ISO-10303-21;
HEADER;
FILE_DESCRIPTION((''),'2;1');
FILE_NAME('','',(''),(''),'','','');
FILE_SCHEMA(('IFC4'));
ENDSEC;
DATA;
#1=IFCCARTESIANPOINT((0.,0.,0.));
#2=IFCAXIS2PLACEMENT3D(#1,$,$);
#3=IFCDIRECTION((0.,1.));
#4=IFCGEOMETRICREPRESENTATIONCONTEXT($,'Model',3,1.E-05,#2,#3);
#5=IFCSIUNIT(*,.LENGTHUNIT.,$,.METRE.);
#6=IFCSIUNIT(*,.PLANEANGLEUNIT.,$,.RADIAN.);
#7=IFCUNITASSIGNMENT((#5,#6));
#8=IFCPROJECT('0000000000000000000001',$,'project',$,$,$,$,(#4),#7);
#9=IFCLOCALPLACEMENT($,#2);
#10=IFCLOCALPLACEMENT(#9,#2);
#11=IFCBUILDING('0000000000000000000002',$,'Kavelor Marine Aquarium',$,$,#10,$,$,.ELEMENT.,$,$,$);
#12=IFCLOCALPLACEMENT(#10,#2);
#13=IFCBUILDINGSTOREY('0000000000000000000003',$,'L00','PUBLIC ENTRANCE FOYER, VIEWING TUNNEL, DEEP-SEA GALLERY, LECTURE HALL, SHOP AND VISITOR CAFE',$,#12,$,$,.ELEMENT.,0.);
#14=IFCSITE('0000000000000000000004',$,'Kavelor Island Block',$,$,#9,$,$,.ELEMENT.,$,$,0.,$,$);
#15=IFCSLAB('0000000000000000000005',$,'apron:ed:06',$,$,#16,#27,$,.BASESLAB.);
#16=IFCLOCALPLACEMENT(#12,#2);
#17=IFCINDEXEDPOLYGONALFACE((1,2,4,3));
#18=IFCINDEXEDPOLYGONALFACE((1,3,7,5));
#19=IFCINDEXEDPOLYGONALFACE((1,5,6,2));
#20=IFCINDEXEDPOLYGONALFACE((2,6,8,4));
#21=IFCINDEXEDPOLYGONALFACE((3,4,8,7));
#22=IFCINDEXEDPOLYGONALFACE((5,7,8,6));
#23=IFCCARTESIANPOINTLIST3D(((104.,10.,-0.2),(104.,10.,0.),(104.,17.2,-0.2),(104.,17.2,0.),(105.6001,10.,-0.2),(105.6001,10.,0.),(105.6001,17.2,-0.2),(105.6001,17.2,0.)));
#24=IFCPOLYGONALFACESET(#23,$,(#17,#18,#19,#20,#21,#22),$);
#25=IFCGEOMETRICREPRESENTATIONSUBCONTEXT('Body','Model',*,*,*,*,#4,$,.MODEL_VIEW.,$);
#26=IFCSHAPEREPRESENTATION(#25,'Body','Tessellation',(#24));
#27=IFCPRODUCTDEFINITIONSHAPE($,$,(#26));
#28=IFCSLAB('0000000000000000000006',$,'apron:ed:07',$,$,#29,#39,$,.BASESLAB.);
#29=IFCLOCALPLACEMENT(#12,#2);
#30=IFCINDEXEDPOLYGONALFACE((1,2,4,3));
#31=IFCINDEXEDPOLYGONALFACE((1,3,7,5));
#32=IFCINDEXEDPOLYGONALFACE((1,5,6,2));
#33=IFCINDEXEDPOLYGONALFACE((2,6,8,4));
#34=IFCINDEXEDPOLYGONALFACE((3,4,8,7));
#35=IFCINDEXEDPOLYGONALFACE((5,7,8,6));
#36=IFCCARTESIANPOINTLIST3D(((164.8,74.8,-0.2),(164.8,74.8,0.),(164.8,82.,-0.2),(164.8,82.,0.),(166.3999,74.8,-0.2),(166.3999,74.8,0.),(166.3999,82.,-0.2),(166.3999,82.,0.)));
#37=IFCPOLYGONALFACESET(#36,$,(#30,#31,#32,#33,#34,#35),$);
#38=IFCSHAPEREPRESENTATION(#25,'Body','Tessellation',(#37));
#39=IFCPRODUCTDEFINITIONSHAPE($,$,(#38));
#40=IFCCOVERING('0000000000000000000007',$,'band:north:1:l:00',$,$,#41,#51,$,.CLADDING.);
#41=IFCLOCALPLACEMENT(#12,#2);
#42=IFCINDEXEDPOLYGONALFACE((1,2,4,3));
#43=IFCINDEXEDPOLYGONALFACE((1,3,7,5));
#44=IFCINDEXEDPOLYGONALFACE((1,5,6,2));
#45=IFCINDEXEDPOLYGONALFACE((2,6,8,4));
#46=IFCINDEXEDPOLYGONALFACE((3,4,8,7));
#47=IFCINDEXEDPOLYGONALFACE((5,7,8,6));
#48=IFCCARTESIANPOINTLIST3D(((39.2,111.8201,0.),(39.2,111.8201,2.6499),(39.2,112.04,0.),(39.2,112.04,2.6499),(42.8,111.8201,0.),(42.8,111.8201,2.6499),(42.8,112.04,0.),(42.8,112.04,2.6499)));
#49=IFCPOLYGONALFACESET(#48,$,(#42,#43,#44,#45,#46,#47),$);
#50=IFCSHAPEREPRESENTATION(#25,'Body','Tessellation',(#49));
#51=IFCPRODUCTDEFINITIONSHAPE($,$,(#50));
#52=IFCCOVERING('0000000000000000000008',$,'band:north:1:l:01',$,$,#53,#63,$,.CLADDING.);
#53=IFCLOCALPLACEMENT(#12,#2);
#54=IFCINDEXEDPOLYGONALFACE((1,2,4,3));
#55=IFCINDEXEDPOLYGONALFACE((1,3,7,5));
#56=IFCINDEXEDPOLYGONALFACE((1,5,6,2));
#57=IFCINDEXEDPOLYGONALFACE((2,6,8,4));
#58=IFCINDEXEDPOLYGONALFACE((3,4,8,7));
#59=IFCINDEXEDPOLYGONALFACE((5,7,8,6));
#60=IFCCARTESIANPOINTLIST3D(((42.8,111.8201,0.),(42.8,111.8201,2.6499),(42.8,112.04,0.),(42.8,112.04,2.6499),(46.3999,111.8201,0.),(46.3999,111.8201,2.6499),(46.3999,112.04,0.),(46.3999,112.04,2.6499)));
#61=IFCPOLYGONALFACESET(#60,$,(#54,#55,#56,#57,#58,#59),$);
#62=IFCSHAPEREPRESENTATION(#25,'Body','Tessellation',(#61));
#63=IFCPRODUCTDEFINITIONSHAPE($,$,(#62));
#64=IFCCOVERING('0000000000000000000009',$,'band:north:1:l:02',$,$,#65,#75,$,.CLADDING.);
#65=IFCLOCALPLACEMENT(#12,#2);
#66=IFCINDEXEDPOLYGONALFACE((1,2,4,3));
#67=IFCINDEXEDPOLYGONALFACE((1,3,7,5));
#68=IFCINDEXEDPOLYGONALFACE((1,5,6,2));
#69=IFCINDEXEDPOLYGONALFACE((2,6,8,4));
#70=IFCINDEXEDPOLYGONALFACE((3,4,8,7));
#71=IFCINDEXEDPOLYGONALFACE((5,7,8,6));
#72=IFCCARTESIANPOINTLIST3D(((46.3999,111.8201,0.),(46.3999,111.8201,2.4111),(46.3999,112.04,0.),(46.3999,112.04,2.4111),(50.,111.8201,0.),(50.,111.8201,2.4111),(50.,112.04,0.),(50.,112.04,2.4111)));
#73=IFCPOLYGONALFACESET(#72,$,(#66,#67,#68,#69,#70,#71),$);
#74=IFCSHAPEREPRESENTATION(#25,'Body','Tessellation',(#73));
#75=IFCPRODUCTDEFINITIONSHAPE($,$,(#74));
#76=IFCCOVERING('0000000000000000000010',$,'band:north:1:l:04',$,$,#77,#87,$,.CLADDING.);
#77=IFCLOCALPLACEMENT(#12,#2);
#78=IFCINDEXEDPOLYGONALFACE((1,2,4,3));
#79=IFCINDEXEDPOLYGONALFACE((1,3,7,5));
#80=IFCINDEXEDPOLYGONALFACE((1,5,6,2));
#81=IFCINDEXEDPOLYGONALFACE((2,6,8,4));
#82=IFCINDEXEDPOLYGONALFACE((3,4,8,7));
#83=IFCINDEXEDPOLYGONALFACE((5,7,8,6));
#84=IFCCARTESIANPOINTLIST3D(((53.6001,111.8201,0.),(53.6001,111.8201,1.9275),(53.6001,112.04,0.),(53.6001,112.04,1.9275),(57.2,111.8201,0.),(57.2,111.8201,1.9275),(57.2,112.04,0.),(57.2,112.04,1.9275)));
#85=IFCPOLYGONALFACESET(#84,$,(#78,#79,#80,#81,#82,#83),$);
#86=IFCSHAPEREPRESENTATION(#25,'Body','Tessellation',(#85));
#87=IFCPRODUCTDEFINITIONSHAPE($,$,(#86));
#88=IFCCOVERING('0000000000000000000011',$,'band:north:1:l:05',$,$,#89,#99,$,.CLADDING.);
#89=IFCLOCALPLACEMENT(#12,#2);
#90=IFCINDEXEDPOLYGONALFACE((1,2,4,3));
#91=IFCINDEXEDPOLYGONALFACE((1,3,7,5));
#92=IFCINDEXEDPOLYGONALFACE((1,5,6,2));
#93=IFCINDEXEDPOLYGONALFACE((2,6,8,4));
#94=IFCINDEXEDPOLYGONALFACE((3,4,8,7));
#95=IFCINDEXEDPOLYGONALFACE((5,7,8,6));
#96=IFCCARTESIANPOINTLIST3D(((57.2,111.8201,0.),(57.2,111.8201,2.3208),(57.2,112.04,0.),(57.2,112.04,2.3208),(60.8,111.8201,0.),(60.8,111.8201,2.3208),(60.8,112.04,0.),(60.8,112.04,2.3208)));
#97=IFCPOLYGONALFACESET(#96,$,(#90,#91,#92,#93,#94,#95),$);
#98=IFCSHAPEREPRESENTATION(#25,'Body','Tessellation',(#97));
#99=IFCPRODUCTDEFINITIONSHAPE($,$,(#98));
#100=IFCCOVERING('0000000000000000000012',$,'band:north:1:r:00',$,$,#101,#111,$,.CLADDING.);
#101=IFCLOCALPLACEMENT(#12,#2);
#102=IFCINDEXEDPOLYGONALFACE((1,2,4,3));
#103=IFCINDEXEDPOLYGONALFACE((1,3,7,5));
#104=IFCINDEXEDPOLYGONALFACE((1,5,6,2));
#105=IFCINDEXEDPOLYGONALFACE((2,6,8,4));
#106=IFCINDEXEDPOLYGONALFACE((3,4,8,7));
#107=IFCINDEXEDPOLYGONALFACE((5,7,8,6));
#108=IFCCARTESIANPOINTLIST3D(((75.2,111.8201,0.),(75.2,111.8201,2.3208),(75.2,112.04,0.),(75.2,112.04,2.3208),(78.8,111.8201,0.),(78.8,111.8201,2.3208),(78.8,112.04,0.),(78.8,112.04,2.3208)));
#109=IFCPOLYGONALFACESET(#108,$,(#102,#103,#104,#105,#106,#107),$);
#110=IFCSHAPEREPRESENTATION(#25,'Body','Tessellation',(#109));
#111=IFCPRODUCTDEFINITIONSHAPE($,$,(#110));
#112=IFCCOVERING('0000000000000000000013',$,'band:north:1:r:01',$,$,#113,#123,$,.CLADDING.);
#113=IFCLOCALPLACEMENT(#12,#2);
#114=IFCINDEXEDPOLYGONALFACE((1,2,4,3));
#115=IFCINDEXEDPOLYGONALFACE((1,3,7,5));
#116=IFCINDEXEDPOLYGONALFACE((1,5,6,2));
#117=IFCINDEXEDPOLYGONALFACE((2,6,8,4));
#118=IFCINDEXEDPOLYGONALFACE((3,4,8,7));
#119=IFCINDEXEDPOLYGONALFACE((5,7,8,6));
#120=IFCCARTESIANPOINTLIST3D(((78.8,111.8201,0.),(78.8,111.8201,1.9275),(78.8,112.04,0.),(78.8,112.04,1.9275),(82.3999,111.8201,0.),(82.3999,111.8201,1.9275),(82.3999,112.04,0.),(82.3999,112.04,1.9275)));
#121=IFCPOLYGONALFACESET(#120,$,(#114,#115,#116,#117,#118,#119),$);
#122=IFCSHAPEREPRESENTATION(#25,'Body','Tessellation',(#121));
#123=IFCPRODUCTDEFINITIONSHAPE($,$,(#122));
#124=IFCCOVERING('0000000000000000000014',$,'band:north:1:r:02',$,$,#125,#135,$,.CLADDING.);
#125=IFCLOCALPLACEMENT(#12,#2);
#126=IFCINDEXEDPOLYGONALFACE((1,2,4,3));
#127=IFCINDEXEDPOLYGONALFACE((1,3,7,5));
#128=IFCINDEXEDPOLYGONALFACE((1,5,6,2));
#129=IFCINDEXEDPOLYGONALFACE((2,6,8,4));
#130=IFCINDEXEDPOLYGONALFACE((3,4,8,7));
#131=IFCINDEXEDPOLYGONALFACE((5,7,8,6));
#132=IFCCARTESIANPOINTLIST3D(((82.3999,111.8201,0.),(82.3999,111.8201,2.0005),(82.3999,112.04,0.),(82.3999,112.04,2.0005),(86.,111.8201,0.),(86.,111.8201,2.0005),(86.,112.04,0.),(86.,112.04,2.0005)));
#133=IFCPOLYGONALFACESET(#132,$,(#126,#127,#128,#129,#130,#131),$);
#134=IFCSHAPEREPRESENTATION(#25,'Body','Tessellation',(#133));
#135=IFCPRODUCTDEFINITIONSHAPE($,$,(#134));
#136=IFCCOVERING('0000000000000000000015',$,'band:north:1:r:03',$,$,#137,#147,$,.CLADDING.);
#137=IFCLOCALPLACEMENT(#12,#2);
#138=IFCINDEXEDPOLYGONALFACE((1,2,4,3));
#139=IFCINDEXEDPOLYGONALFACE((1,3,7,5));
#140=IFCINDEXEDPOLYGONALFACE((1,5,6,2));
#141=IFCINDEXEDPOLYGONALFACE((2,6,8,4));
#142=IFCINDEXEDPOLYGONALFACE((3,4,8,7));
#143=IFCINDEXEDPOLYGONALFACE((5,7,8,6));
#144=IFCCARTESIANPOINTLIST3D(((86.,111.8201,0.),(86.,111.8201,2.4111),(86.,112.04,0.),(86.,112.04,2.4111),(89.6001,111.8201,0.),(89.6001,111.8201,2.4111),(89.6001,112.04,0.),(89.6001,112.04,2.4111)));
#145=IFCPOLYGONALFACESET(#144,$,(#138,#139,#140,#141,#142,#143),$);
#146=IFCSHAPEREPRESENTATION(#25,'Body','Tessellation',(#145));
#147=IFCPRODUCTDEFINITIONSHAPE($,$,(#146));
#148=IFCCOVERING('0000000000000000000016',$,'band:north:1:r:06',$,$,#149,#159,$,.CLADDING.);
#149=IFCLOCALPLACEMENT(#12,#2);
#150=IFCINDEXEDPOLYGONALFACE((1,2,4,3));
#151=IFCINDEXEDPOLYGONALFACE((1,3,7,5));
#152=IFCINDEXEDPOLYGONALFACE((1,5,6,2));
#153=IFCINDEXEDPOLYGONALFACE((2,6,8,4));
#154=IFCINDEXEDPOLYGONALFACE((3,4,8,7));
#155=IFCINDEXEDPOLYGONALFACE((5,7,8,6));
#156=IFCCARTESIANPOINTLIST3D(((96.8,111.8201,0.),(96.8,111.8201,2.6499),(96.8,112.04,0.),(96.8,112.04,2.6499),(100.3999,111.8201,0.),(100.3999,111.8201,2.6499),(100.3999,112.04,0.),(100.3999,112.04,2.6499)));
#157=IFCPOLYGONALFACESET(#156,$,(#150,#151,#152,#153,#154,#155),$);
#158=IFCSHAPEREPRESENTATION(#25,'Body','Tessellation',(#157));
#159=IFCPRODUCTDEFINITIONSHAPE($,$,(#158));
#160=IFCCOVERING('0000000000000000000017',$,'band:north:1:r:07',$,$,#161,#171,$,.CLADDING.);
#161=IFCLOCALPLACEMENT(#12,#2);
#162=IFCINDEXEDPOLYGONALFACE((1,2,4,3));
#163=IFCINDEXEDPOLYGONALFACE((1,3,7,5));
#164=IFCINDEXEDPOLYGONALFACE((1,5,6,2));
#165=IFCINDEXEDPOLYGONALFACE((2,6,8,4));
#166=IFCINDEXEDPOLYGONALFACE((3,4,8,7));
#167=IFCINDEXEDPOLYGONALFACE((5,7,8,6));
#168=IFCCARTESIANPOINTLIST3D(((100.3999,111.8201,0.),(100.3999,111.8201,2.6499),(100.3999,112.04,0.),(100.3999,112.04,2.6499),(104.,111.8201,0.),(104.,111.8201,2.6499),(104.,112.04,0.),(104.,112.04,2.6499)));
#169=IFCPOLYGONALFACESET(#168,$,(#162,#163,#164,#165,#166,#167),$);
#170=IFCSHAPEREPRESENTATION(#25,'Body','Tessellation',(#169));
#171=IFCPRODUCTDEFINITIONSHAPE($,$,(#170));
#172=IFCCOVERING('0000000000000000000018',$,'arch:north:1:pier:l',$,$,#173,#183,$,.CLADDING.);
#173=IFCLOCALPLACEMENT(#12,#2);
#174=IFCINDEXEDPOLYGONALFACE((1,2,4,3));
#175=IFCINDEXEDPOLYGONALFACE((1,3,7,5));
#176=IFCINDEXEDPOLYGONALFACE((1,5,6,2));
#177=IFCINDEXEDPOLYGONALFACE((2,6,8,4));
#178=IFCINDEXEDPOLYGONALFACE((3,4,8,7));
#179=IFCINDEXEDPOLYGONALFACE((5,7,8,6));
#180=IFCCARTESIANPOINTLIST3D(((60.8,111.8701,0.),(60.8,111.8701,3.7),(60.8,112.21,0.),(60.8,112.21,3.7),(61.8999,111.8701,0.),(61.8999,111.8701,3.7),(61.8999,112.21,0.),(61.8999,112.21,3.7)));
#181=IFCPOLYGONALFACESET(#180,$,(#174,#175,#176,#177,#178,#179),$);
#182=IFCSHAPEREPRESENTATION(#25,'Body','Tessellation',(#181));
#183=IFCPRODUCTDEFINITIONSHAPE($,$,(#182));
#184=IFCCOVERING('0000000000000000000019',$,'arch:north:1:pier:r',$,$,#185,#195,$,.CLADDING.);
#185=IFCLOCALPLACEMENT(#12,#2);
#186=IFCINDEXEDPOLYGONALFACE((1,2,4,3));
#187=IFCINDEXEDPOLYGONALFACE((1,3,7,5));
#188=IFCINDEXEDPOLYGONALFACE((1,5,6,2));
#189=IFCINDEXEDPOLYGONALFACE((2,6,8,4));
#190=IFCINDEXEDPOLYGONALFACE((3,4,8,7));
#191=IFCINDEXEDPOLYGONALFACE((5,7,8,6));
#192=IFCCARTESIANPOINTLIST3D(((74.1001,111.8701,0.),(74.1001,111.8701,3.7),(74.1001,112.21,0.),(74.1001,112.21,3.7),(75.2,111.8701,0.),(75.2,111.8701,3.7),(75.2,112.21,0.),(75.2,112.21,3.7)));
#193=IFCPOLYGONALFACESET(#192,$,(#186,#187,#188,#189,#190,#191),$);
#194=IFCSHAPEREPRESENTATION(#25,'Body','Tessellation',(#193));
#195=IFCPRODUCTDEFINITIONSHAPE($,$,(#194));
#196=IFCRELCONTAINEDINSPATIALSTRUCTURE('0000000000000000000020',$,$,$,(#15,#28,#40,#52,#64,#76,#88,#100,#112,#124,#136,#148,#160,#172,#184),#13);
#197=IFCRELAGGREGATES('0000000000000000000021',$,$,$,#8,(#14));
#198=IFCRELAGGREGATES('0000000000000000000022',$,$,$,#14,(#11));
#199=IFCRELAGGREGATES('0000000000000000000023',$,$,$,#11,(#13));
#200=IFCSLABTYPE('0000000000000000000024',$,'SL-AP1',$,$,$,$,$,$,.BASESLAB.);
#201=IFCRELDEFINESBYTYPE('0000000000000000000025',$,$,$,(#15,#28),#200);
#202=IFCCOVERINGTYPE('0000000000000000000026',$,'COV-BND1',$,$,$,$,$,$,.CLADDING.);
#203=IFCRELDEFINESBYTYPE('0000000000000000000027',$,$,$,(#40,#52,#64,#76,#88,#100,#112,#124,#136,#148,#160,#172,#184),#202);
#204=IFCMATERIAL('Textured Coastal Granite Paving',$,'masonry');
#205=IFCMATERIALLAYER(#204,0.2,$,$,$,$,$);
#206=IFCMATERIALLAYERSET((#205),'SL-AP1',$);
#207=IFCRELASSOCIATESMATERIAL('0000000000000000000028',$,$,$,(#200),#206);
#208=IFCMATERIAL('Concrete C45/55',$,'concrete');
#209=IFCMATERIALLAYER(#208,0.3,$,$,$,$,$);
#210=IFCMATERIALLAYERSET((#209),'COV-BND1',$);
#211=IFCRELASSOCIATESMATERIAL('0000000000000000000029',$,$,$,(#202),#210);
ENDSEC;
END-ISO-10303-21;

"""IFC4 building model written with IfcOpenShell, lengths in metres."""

from ifc_helpers import new_model, si_unit, direction, frame, origin, place, context, subcontext, project, spatial, polyline, outline, extrude, material, layer, layer_set, type_object, element, save


model = new_model("IFC4")

# Units and contexts
model_context = context("Model", 3, precision=1e-05, world=origin(), true_north=direction((0.0, 1.0)))
body_context = subcontext(model_context, "Body", "Model", "MODEL_VIEW")
ifc_project = project(units=[si_unit("LENGTHUNIT", "METRE"), si_unit("PLANEANGLEUNIT", "RADIAN")], contexts=[model_context])

# Site, building, storey
site_placement = place(None, origin())
site = spatial("IfcSite", under=ifc_project, at=site_placement, Name="Kavelor Island Block", CompositionType="ELEMENT", RefElevation=0.0)
building_placement = place(site_placement, origin())
building = spatial("IfcBuilding", under=site, at=building_placement, Name="Kavelor Marine Aquarium", CompositionType="ELEMENT")
storey_placement = place(building_placement, origin())
storey = spatial("IfcBuildingStorey", under=building, at=storey_placement, Name="L00", Description="PUBLIC ENTRANCE FOYER, VIEWING TUNNEL, DEEP-SEA GALLERY, LECTURE HALL, SHOP AND VISITOR CAFE", CompositionType="ELEMENT", Elevation=0.0)

# Slabs
ifc_material_1 = material(Name="Textured Coastal Granite Paving", Category="masonry")
ifc_layer_1 = layer(ifc_material_1, 0.2)
ifc_layer_set_1 = layer_set([ifc_layer_1], Name="SL-AP1")
slab_type = type_object("IfcSlabType", Name="SL-AP1", PredefinedType="BASESLAB", material=ifc_layer_set_1)
slab_1_placement = place(storey_placement, frame((0.0, 0.0, -0.2)))
element("IfcSlab", 1, at=slab_1_placement, inside=storey, type_object=slab_type, Name="apron:ed:06", PredefinedType="BASESLAB", context=body_context, shape_type="SweptSolid", body=[
    extrude(outline(polyline([(104.0, 10.0), (105.6001, 10.0), (105.6001, 17.2), (104.0, 17.2), (104.0, 10.0)])), origin(), (0.0, 0.0, 1.0), 0.2),
])
slab_2_placement = place(storey_placement, frame((0.0, 0.0, -0.2)))
element("IfcSlab", 2, at=slab_2_placement, inside=storey, type_object=slab_type, Name="apron:ed:07", PredefinedType="BASESLAB", context=body_context, shape_type="SweptSolid", body=[
    extrude(outline(polyline([(164.8, 74.8), (166.3999, 74.8), (166.3999, 82.0), (164.8, 82.0), (164.8, 74.8)])), origin(), (0.0, 0.0, 1.0), 0.2),
])

# Coverings
ifc_material_2 = material(Name="Concrete C45/55", Category="concrete")
ifc_layer_2 = layer(ifc_material_2, 0.3)
ifc_layer_set_2 = layer_set([ifc_layer_2], Name="COV-BND1")
covering_type_1 = type_object("IfcCoveringType", Name="COV-BND1", PredefinedType="CLADDING", material=ifc_layer_set_2)
covering_1_placement = place(storey_placement, origin())
element("IfcCovering", 3, at=covering_1_placement, inside=storey, type_object=covering_type_1, Name="band:north:1:l:00", PredefinedType="CLADDING", context=body_context, shape_type="SweptSolid", body=[
    extrude(outline(polyline([(39.2, 111.8201), (42.8, 111.8201), (42.8, 112.04), (39.2, 112.04), (39.2, 111.8201)])), origin(), (0.0, 0.0, 1.0), 2.6499),
])
covering_2_placement = place(storey_placement, origin())
element("IfcCovering", 4, at=covering_2_placement, inside=storey, type_object=covering_type_1, Name="band:north:1:l:01", PredefinedType="CLADDING", context=body_context, shape_type="SweptSolid", body=[
    extrude(outline(polyline([(42.8, 111.8201), (46.3999, 111.8201), (46.3999, 112.04), (42.8, 112.04), (42.8, 111.8201)])), origin(), (0.0, 0.0, 1.0), 2.6499),
])
covering_3_placement = place(storey_placement, origin())
element("IfcCovering", 5, at=covering_3_placement, inside=storey, type_object=covering_type_1, Name="band:north:1:l:02", PredefinedType="CLADDING", context=body_context, shape_type="SweptSolid", body=[
    extrude(outline(polyline([(46.3999, 111.8201), (50.0, 111.8201), (50.0, 112.04), (46.3999, 112.04), (46.3999, 111.8201)])), origin(), (0.0, 0.0, 1.0), 2.4111),
])
covering_4_placement = place(storey_placement, origin())
element("IfcCovering", 6, at=covering_4_placement, inside=storey, type_object=covering_type_1, Name="band:north:1:l:04", PredefinedType="CLADDING", context=body_context, shape_type="SweptSolid", body=[
    extrude(outline(polyline([(53.6001, 111.8201), (57.2, 111.8201), (57.2, 112.04), (53.6001, 112.04), (53.6001, 111.8201)])), origin(), (0.0, 0.0, 1.0), 1.9275),
])
covering_5_placement = place(storey_placement, origin())
element("IfcCovering", 7, at=covering_5_placement, inside=storey, type_object=covering_type_1, Name="band:north:1:l:05", PredefinedType="CLADDING", context=body_context, shape_type="SweptSolid", body=[
    extrude(outline(polyline([(57.2, 111.8201), (60.8, 111.8201), (60.8, 112.04), (57.2, 112.04), (57.2, 111.8201)])), origin(), (0.0, 0.0, 1.0), 2.3208),
])
covering_6_placement = place(storey_placement, origin())
element("IfcCovering", 8, at=covering_6_placement, inside=storey, type_object=covering_type_1, Name="band:north:1:r:00", PredefinedType="CLADDING", context=body_context, shape_type="SweptSolid", body=[
    extrude(outline(polyline([(75.2, 111.8201), (78.8, 111.8201), (78.8, 112.04), (75.2, 112.04), (75.2, 111.8201)])), origin(), (0.0, 0.0, 1.0), 2.3208),
])
covering_7_placement = place(storey_placement, origin())
element("IfcCovering", 9, at=covering_7_placement, inside=storey, type_object=covering_type_1, Name="band:north:1:r:01", PredefinedType="CLADDING", context=body_context, shape_type="SweptSolid", body=[
    extrude(outline(polyline([(78.8, 111.8201), (82.3999, 111.8201), (82.3999, 112.04), (78.8, 112.04), (78.8, 111.8201)])), origin(), (0.0, 0.0, 1.0), 1.9275),
])
covering_8_placement = place(storey_placement, origin())
element("IfcCovering", 10, at=covering_8_placement, inside=storey, type_object=covering_type_1, Name="band:north:1:r:02", PredefinedType="CLADDING", context=body_context, shape_type="SweptSolid", body=[
    extrude(outline(polyline([(82.3999, 111.8201), (86.0, 111.8201), (86.0, 112.04), (82.3999, 112.04), (82.3999, 111.8201)])), origin(), (0.0, 0.0, 1.0), 2.0005),
])
covering_9_placement = place(storey_placement, origin())
element("IfcCovering", 11, at=covering_9_placement, inside=storey, type_object=covering_type_1, Name="band:north:1:r:03", PredefinedType="CLADDING", context=body_context, shape_type="SweptSolid", body=[
    extrude(outline(polyline([(86.0, 111.8201), (89.6001, 111.8201), (89.6001, 112.04), (86.0, 112.04), (86.0, 111.8201)])), origin(), (0.0, 0.0, 1.0), 2.4111),
])
covering_10_placement = place(storey_placement, origin())
element("IfcCovering", 12, at=covering_10_placement, inside=storey, type_object=covering_type_1, Name="band:north:1:r:06", PredefinedType="CLADDING", context=body_context, shape_type="SweptSolid", body=[
    extrude(outline(polyline([(96.8, 111.8201), (100.3999, 111.8201), (100.3999, 112.04), (96.8, 112.04), (96.8, 111.8201)])), origin(), (0.0, 0.0, 1.0), 2.6499),
])
covering_11_placement = place(storey_placement, origin())
element("IfcCovering", 13, at=covering_11_placement, inside=storey, type_object=covering_type_1, Name="band:north:1:r:07", PredefinedType="CLADDING", context=body_context, shape_type="SweptSolid", body=[
    extrude(outline(polyline([(100.3999, 111.8201), (104.0, 111.8201), (104.0, 112.04), (100.3999, 112.04), (100.3999, 111.8201)])), origin(), (0.0, 0.0, 1.0), 2.6499),
])
covering_12_placement = place(storey_placement, origin())
element("IfcCovering", 14, at=covering_12_placement, inside=storey, type_object=covering_type_1, Name="arch:north:1:pier:l", PredefinedType="CLADDING", context=body_context, shape_type="SweptSolid", body=[
    extrude(outline(polyline([(60.8, 111.8701), (61.8999, 111.8701), (61.8999, 112.21), (60.8, 112.21), (60.8, 111.8701)])), origin(), (0.0, 0.0, 1.0), 3.7),
])
covering_13_placement = place(storey_placement, origin())
element("IfcCovering", 15, at=covering_13_placement, inside=storey, type_object=covering_type_1, Name="arch:north:1:pier:r", PredefinedType="CLADDING", context=body_context, shape_type="SweptSolid", body=[
    extrude(outline(polyline([(74.1001, 111.8701), (75.2, 111.8701), (75.2, 112.21), (74.1001, 112.21), (74.1001, 111.8701)])), origin(), (0.0, 0.0, 1.0), 3.7),
])

save(model, "model.ifc")
